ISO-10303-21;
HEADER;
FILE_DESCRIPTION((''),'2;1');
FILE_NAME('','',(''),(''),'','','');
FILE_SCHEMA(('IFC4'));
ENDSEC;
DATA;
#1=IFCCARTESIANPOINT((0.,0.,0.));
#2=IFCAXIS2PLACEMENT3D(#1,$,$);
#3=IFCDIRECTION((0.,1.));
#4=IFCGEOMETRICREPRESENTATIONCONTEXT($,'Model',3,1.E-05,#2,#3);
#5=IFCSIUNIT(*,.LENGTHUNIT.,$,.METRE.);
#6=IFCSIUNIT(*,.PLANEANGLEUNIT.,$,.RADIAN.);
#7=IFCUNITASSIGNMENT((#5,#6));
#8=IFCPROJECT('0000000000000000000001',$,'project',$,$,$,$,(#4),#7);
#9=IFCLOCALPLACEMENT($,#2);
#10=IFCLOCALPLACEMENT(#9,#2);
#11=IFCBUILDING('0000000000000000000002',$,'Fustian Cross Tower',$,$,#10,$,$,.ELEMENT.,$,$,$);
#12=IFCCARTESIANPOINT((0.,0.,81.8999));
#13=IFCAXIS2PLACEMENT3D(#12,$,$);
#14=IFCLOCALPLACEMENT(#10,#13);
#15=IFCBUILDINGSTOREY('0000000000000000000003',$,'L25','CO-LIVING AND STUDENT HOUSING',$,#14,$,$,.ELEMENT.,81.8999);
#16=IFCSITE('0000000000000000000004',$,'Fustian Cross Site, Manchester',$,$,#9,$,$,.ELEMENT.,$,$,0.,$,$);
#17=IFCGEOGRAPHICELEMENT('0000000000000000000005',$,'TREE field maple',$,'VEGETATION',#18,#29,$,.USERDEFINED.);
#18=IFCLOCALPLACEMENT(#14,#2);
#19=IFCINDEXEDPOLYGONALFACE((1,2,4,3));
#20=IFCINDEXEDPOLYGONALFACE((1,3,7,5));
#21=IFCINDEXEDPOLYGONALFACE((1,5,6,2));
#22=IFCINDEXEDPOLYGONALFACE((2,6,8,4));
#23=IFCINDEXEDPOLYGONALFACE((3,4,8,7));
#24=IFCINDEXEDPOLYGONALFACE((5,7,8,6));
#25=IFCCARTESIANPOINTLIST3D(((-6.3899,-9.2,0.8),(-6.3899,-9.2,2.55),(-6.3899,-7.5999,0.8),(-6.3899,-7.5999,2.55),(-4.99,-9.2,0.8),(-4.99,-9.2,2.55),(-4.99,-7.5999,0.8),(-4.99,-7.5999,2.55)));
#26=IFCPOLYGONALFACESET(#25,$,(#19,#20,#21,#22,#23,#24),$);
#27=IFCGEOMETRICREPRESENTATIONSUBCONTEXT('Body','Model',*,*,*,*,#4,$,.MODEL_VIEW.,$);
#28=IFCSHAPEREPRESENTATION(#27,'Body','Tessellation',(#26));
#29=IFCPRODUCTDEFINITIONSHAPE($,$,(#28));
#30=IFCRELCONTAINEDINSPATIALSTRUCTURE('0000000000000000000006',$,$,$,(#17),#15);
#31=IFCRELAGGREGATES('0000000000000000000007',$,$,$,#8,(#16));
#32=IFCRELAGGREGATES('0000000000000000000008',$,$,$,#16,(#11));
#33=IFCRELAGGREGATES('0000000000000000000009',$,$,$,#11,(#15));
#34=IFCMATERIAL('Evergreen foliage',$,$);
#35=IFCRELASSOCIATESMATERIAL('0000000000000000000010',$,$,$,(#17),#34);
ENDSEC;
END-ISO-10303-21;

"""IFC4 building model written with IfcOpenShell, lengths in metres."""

from ifc_helpers import new_model, si_unit, direction, frame, origin, origin_2d, place, context, subcontext, project, spatial, rectangle, extrude, material, element, save


model = new_model("IFC4")

# Units and contexts
model_context = context("Model", 3, precision=1e-05, world=origin(), true_north=direction((0.0, 1.0)))
body_context = subcontext(model_context, "Body", "Model", "MODEL_VIEW")
ifc_project = project(units=[si_unit("LENGTHUNIT", "METRE"), si_unit("PLANEANGLEUNIT", "RADIAN")], contexts=[model_context])

# Site, building, storey
site_placement = place(None, origin())
site = spatial("IfcSite", under=ifc_project, at=site_placement, Name="Fustian Cross Site, Manchester", CompositionType="ELEMENT", RefElevation=0.0)
building_placement = place(site_placement, origin())
building = spatial("IfcBuilding", under=site, at=building_placement, Name="Fustian Cross Tower", CompositionType="ELEMENT")
storey_placement = place(building_placement, frame((0.0, 0.0, 81.8999)))
storey = spatial("IfcBuildingStorey", under=building, at=storey_placement, Name="L25", Description="CO-LIVING AND STUDENT HOUSING", CompositionType="ELEMENT", Elevation=81.8999)

# Geographic element
ifc_material_1 = material(Name="Evergreen foliage")
for number, where, z_axis, x_axis, name in (
    (1, (-5.6899, -8.3999, 0.8), (0.0, 0.0, 1.0), (1.0, 0.0, 0.0), "TREE field maple"),
):
    element("IfcGeographicElement", number, at=place(storey_placement, frame(where, z_axis=z_axis, x_axis=x_axis)), inside=storey, material=ifc_material_1, Name=name, ObjectType="VEGETATION", PredefinedType="USERDEFINED", context=body_context, shape_type="SweptSolid", body=[
        extrude(rectangle(XDim=1.3999, YDim=1.6001, at=origin_2d()), origin(), (0.0, 0.0, 1.0), 1.75),
    ])

save(model, "model.ifc")
